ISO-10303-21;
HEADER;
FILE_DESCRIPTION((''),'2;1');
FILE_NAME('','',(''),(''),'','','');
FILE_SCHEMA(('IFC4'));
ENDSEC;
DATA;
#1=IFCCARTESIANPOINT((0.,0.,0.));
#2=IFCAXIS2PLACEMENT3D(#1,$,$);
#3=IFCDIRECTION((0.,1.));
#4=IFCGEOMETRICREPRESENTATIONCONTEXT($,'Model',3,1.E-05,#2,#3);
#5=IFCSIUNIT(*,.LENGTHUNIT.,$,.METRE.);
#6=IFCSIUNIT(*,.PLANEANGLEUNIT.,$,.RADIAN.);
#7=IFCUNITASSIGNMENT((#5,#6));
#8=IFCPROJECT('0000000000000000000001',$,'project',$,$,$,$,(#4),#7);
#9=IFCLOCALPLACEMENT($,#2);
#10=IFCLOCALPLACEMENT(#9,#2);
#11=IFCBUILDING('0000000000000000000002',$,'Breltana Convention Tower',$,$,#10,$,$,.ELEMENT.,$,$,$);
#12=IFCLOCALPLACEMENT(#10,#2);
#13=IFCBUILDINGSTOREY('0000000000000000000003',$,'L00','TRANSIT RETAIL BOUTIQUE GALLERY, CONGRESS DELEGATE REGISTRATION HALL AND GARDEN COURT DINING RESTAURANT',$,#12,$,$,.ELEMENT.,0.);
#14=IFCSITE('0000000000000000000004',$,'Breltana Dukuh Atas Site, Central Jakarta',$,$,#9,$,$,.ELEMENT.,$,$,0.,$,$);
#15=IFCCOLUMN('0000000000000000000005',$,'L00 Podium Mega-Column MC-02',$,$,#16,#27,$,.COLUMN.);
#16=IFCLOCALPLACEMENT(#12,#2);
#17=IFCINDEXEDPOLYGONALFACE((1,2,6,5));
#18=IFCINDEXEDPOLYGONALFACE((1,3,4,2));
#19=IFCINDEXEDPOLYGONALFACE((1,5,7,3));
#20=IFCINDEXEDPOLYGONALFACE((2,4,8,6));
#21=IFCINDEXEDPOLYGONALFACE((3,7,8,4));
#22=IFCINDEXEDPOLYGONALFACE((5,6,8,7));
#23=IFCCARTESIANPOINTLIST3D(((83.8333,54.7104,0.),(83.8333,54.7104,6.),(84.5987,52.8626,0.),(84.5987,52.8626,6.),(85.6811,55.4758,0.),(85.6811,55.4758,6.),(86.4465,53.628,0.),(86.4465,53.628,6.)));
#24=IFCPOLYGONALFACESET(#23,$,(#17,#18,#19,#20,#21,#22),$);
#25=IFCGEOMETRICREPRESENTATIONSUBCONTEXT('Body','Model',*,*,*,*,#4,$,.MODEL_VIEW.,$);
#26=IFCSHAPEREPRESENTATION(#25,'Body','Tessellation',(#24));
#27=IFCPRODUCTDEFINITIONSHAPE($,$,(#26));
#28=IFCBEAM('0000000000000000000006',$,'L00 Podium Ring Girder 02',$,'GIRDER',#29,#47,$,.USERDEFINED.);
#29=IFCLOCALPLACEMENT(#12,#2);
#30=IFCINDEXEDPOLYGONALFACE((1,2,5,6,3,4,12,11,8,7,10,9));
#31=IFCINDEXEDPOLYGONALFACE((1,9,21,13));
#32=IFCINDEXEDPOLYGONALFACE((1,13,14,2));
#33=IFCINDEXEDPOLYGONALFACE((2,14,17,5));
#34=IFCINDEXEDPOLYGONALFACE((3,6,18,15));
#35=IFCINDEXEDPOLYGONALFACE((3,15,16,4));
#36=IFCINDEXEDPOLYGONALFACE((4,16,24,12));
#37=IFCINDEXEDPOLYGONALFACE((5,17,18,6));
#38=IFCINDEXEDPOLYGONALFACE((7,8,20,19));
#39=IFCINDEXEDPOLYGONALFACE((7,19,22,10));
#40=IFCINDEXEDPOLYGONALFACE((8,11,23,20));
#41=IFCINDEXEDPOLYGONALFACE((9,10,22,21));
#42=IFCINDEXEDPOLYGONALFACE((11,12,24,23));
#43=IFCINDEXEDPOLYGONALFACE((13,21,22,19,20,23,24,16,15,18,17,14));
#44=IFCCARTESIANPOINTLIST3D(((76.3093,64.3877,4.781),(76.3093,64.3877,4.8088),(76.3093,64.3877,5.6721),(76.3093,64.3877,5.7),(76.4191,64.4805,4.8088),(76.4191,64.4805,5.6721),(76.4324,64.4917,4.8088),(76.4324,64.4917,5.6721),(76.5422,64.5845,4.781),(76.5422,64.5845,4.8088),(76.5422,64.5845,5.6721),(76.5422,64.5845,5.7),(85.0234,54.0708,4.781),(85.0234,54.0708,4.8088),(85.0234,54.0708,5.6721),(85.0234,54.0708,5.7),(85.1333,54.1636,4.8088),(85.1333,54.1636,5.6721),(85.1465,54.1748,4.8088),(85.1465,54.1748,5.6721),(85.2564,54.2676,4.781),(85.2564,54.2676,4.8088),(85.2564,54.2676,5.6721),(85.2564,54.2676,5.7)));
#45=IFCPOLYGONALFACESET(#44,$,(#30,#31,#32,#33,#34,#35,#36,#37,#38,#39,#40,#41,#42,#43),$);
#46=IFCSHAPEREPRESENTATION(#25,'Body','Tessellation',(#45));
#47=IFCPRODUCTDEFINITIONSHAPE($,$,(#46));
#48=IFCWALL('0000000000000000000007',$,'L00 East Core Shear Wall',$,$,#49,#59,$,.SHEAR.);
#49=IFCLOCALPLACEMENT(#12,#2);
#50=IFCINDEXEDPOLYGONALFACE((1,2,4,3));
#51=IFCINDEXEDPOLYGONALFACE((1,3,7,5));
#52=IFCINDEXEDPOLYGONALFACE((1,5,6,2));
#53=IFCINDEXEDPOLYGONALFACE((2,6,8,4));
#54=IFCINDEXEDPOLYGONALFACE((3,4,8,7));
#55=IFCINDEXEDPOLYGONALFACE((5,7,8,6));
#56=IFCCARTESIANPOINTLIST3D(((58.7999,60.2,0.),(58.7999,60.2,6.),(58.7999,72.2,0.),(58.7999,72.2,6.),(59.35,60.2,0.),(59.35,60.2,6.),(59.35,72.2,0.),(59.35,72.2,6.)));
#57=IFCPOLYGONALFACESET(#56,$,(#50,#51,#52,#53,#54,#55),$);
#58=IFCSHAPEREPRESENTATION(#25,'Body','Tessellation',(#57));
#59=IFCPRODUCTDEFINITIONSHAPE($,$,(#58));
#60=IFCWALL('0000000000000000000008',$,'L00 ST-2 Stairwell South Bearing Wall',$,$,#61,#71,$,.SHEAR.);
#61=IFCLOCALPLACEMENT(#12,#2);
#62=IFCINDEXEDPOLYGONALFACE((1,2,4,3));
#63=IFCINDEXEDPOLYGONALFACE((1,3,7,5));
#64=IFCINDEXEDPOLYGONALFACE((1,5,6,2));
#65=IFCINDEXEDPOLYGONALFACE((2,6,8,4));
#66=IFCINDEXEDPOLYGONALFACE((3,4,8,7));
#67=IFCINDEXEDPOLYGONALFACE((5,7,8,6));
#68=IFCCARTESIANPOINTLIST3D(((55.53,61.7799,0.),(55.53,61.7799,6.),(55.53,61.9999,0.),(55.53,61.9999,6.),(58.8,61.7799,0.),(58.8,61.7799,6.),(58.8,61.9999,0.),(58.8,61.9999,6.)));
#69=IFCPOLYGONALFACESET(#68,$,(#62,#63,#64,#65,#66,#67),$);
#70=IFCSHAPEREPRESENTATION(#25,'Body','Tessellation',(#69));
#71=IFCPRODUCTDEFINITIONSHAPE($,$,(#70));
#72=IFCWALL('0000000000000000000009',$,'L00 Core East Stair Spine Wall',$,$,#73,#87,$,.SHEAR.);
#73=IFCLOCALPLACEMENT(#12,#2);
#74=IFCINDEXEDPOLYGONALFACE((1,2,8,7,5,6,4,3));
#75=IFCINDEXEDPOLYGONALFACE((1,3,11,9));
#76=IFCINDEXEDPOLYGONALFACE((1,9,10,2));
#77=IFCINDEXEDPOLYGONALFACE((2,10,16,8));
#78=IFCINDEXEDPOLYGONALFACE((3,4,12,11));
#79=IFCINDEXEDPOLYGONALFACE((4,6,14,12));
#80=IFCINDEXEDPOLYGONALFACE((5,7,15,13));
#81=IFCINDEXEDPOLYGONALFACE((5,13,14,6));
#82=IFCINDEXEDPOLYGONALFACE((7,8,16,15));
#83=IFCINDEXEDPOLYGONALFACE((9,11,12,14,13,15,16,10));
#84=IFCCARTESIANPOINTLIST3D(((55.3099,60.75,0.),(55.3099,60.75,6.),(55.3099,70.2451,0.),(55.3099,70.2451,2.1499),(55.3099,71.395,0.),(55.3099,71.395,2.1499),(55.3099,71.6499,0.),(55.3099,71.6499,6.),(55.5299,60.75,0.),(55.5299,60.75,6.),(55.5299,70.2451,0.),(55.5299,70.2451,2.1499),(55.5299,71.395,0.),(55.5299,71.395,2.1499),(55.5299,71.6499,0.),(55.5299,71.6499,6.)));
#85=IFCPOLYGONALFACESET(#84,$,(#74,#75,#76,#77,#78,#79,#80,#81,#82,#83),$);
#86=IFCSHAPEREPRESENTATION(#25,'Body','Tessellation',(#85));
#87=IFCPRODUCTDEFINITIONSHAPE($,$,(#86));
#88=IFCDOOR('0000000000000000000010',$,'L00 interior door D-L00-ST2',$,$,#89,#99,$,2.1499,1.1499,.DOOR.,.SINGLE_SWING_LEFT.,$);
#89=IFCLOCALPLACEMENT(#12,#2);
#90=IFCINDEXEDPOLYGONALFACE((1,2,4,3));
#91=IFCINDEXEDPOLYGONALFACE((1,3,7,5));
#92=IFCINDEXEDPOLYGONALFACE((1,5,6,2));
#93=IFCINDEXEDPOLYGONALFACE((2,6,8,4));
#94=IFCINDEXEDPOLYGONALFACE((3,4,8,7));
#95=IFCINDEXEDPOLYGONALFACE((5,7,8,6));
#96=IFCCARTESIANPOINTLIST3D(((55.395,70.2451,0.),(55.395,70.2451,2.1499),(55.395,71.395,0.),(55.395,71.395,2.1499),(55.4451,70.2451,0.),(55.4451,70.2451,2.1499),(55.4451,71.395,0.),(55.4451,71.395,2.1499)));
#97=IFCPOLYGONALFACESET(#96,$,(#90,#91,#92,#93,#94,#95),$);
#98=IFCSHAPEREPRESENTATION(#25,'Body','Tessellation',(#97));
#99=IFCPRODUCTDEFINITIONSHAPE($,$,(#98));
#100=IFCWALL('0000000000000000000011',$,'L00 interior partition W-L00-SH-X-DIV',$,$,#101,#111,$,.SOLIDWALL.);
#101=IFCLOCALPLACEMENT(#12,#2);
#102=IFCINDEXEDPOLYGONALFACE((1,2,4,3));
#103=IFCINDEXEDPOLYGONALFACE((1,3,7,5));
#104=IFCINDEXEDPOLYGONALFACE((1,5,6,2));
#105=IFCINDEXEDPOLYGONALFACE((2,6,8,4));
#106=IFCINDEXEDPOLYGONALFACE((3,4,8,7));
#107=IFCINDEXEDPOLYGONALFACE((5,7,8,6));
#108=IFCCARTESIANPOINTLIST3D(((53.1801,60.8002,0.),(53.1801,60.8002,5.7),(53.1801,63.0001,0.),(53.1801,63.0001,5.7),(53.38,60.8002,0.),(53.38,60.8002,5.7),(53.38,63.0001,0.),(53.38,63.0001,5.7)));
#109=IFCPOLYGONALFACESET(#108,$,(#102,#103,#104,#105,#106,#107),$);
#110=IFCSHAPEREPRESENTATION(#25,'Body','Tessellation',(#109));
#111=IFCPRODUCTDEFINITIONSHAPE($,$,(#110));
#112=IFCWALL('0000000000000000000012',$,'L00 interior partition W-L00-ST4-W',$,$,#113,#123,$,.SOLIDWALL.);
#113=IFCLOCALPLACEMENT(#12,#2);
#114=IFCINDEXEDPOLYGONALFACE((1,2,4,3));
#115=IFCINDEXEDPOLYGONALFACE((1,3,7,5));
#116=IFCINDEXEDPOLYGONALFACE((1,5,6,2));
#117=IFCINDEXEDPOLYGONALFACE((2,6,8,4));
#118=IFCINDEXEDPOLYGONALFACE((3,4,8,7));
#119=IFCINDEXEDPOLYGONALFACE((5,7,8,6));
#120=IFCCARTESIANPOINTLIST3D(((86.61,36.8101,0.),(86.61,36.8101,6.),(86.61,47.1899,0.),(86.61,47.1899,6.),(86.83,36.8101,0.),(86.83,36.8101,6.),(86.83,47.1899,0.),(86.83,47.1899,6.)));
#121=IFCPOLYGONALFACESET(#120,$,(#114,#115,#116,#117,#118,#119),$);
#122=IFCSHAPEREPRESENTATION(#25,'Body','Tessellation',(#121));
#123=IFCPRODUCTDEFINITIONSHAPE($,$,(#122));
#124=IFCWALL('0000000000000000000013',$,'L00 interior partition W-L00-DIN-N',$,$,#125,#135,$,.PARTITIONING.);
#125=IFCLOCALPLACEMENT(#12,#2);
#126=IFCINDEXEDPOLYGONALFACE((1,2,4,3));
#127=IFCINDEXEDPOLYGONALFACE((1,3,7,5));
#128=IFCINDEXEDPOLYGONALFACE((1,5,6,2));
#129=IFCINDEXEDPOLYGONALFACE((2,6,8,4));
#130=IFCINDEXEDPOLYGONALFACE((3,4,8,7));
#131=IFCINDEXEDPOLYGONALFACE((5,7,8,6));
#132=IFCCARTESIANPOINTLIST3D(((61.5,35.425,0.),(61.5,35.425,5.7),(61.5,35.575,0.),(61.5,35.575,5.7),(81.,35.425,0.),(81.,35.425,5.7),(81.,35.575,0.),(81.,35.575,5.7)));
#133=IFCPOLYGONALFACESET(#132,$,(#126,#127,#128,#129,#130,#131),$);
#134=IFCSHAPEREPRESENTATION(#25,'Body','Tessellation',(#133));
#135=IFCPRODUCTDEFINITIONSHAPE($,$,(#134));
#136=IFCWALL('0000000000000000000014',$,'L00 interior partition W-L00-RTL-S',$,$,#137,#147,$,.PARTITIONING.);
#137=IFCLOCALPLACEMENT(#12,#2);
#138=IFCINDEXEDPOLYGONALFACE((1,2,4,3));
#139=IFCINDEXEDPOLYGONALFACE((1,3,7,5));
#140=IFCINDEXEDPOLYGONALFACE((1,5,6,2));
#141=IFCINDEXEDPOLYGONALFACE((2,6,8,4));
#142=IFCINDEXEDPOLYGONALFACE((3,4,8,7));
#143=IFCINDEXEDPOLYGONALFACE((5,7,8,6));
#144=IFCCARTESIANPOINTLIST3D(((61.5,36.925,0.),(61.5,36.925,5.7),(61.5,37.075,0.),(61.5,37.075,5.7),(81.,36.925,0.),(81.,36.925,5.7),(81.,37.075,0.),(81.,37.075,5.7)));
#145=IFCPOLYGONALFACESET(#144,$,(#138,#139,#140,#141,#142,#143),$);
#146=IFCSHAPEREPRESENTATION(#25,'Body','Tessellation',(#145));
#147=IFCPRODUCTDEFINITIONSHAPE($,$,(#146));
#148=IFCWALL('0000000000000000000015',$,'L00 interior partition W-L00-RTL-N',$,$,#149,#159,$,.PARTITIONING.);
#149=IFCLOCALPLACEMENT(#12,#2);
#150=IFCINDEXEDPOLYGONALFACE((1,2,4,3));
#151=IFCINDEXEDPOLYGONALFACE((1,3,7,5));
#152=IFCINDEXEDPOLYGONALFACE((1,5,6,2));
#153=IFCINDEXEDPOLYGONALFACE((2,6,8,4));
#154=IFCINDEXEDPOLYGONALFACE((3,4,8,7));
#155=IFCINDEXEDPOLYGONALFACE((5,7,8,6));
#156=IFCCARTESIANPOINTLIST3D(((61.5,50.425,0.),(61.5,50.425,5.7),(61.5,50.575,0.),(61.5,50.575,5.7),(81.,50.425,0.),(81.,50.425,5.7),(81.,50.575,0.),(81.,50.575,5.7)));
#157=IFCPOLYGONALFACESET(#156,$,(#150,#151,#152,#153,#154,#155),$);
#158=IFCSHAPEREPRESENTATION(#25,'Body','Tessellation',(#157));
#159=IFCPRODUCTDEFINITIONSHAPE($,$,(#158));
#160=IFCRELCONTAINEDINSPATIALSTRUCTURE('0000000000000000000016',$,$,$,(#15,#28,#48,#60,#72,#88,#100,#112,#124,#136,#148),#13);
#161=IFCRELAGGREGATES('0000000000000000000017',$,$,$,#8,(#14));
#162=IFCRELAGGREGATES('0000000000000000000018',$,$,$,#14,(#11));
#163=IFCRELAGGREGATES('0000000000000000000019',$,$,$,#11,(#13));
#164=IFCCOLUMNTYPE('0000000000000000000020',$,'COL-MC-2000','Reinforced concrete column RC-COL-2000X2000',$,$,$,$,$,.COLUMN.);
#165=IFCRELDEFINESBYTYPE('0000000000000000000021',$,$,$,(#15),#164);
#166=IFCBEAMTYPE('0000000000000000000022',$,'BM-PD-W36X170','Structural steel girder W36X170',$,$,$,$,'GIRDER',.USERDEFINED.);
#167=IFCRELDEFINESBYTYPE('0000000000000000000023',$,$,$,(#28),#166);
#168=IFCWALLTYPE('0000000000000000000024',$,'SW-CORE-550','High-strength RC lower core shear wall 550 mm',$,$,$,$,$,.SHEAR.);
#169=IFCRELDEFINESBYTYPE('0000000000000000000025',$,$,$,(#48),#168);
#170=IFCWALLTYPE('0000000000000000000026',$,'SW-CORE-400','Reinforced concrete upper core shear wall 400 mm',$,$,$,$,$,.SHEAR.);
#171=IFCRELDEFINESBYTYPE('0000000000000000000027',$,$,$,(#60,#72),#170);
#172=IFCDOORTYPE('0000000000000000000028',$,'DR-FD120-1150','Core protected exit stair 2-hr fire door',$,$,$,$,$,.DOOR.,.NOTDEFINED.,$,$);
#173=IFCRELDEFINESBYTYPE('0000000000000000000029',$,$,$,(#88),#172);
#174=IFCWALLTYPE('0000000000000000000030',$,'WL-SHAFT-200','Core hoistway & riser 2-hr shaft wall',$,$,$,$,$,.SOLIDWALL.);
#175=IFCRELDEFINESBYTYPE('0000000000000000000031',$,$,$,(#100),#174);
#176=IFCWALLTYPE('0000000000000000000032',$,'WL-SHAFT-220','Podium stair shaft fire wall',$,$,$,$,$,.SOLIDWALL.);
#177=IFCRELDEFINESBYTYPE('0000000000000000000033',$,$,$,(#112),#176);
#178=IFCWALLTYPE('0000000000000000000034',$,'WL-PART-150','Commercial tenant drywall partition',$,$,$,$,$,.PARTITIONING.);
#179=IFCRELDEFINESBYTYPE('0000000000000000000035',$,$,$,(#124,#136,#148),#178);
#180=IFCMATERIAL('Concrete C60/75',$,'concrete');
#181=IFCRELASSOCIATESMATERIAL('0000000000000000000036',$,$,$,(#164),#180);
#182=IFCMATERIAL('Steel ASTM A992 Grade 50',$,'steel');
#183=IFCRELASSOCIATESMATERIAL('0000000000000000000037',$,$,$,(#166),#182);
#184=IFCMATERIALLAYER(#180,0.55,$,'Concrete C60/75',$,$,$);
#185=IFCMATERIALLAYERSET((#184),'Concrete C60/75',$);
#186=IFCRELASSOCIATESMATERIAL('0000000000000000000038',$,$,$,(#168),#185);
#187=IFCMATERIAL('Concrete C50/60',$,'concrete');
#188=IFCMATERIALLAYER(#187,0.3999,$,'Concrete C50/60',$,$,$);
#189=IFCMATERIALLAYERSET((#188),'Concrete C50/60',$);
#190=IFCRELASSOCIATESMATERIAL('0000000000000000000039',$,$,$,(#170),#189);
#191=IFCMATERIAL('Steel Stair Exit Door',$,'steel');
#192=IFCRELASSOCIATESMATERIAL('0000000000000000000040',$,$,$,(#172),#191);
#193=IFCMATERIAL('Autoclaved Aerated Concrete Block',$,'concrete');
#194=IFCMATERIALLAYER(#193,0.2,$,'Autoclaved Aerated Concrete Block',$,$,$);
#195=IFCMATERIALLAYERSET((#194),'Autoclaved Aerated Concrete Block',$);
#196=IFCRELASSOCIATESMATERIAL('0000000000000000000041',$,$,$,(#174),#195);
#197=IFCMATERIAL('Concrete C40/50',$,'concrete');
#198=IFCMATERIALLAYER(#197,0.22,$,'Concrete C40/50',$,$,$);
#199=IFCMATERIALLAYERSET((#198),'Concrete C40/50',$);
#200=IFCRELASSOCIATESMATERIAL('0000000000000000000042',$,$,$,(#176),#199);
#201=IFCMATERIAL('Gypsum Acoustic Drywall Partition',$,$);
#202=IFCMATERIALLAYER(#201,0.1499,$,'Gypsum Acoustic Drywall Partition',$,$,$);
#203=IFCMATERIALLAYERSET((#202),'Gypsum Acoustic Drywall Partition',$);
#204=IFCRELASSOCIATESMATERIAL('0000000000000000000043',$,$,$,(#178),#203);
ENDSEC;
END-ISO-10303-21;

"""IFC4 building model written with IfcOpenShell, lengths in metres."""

from ifc_helpers import new_model, si_unit, direction, frame, frame_2d, origin, origin_2d, place, context, subcontext, project, spatial, rectangle, i_section, extrude, source, transform, mapped, material, layer, layer_set, material_profile, profile_set, type_object, type_shapes, element, fill, save


model = new_model("IFC4")

# Units and contexts
model_context = context("Model", 3, precision=1e-05, world=origin(), true_north=direction((0.0, 1.0)))
body_context = subcontext(model_context, "Body", "Model", "MODEL_VIEW")
ifc_project = project(units=[si_unit("LENGTHUNIT", "METRE"), si_unit("PLANEANGLEUNIT", "RADIAN")], contexts=[model_context])

# Site, building, storey
site_placement = place(None, origin())
site = spatial("IfcSite", under=ifc_project, at=site_placement, Name="Breltana Dukuh Atas Site, Central Jakarta", CompositionType="ELEMENT", RefElevation=0.0)
building_placement = place(site_placement, origin())
building = spatial("IfcBuilding", under=site, at=building_placement, Name="Breltana Convention Tower", CompositionType="ELEMENT")
storey_placement = place(building_placement, origin())
storey = spatial("IfcBuildingStorey", under=building, at=storey_placement, Name="L00", Description="TRANSIT RETAIL BOUTIQUE GALLERY, CONGRESS DELEGATE REGISTRATION HALL AND GARDEN COURT DINING RESTAURANT", CompositionType="ELEMENT", Elevation=0.0)

# Column
ifc_material_1 = material(Name="Concrete C60/75", Category="concrete")
ifc_material_profile_1 = material_profile(ifc_material_1, rectangle(XDim=2.0, YDim=2.0, at=origin_2d()), Name="RC-COL-2000X2000")
ifc_profile_set_1 = profile_set([ifc_material_profile_1], Name="Concrete C60/75")
column_type = type_object("IfcColumnType", Name="COL-MC-2000", Description="Reinforced concrete column RC-COL-2000X2000", PredefinedType="COLUMN", material=ifc_profile_set_1)
shared_shape_1 = source(origin(), body_context, "Body", "SweptSolid", [
    extrude(rectangle(XDim=2.0, YDim=2.0, at=origin_2d()), origin(), (0.0, 0.0, 1.0), 6.0),
])
column_placement = place(storey_placement, frame((85.1399, 54.1692, 0.0), z_axis=(0.0, 0.0, 1.0), x_axis=(0.92388, 0.382683, 0.0)))
element("IfcColumn", 1, at=column_placement, inside=storey, type_object=column_type, Name="L00 Podium Mega-Column MC-02", PredefinedType="COLUMN", context=body_context, shape_type="MappedRepresentation", body=[
    mapped(shared_shape_1, transform((0.0, 0.0, 0.0), scale=1.0)),
])

# Beam
ifc_material_2 = material(Name="Steel ASTM A992 Grade 50", Category="steel")
ifc_material_profile_2 = material_profile(ifc_material_2, i_section(OverallWidth=0.3049, OverallDepth=0.9189, WebThickness=0.0173, FlangeThickness=0.0278, at=origin_2d()), Name="W36X170")
ifc_profile_set_2 = profile_set([ifc_material_profile_2], Name="Steel ASTM A992 Grade 50")
beam_type = type_object("IfcBeamType", Name="BM-PD-W36X170", Description="Structural steel girder W36X170", ElementType="GIRDER", PredefinedType="USERDEFINED", material=ifc_profile_set_2)
shared_shape_2 = source(origin(), body_context, "Body", "SweptSolid", [
    extrude(i_section(OverallWidth=0.3049, OverallDepth=0.9189, WebThickness=0.0173, FlangeThickness=0.0278, at=origin_2d()), origin(), (0.0, 0.0, 1.0), 13.5046),
])
beam_placement = place(storey_placement, frame((85.1399, 54.1692, 5.2405), z_axis=(-0.64527, 0.763954, 0.0), x_axis=(-0.763954, -0.64527, 0.0)))
element("IfcBeam", 2, at=beam_placement, inside=storey, type_object=beam_type, Name="L00 Podium Ring Girder 02", ObjectType="GIRDER", PredefinedType="USERDEFINED", context=body_context, shape_type="MappedRepresentation", body=[
    mapped(shared_shape_2, transform((0.0, 0.0, 0.0), scale=1.0)),
])

# Walls
ifc_layer_1 = layer(ifc_material_1, 0.55, Name="Concrete C60/75")
ifc_layer_set_1 = layer_set([ifc_layer_1], Name="Concrete C60/75")
wall_type_1 = type_object("IfcWallType", Name="SW-CORE-550", Description="High-strength RC lower core shear wall 550 mm", PredefinedType="SHEAR", material=ifc_layer_set_1)
shared_shape_3 = source(origin(), body_context, "Body", "SweptSolid", [
    extrude(rectangle(XDim=12.0, YDim=0.55, at=frame_2d((6.0, 0.0))), origin(), (0.0, 0.0, 1.0), 6.0),
])
wall_1_placement = place(storey_placement, frame((59.075, 60.2, 0.0), z_axis=(0.0, 0.0, 1.0), x_axis=(0.0, 1.0, 0.0)))
element("IfcWall", 3, at=wall_1_placement, inside=storey, type_object=wall_type_1, Name="L00 East Core Shear Wall", PredefinedType="SHEAR", context=body_context, shape_type="MappedRepresentation", body=[
    mapped(shared_shape_3, transform((0.0, 0.0, 0.0), scale=1.0)),
])
ifc_material_3 = material(Name="Concrete C50/60", Category="concrete")
ifc_layer_2 = layer(ifc_material_3, 0.3999, Name="Concrete C50/60")
ifc_layer_set_2 = layer_set([ifc_layer_2], Name="Concrete C50/60")
wall_type_2 = type_object("IfcWallType", Name="SW-CORE-400", Description="Reinforced concrete upper core shear wall 400 mm", PredefinedType="SHEAR", material=ifc_layer_set_2)
shared_shape_4 = source(origin(), body_context, "Body", "SweptSolid", [
    extrude(rectangle(XDim=3.27, YDim=0.22, at=frame_2d((1.635, 0.0))), origin(), (0.0, 0.0, 1.0), 6.0),
])
wall_2_placement = place(storey_placement, frame((55.53, 61.8899, 0.0), z_axis=(0.0, 0.0, 1.0), x_axis=(1.0, 0.0, 0.0)))
element("IfcWall", 4, at=wall_2_placement, inside=storey, type_object=wall_type_2, Name="L00 ST-2 Stairwell South Bearing Wall", PredefinedType="SHEAR", context=body_context, shape_type="MappedRepresentation", body=[
    mapped(shared_shape_4, transform((0.0, 0.0, 0.0), scale=1.0)),
])

# Wall, opening, door
shared_shape_5 = source(origin(), body_context, "Body", "SweptSolid", [
    extrude(rectangle(XDim=10.8999, YDim=0.22, at=frame_2d((5.45, 0.0))), origin(), (0.0, 0.0, 1.0), 6.0),
])
wall_3_placement = place(storey_placement, frame((55.4199, 60.75, 0.0), z_axis=(0.0, 0.0, 1.0), x_axis=(0.0, 1.0, 0.0)))
wall_3 = element("IfcWall", 5, at=wall_3_placement, inside=storey, type_object=wall_type_2, Name="L00 Core East Stair Spine Wall", PredefinedType="SHEAR", context=body_context, shape_type="MappedRepresentation", body=[
    mapped(shared_shape_5, transform((0.0, 0.0, 0.0), scale=1.0)),
])
opening_1_placement = place(wall_3_placement, frame((9.4951, 0.0, 0.0)))
opening_1 = element("IfcOpeningElement", 6, at=opening_1_placement, cuts=wall_3, PredefinedType="OPENING", context=body_context, shape_type="SweptSolid", body=[
    extrude(rectangle(XDim=1.1499, YDim=2.1499, at=frame_2d((0.575, 1.075))), frame((0.0, 0.1201, 0.0), z_axis=(0.0, -1.0, 0.0), x_axis=(1.0, 0.0, 0.0)), (0.0, 0.0, 1.0), 0.24),
])
ifc_material_4 = material(Name="Steel Stair Exit Door", Category="steel")
door_type_1 = type_object("IfcDoorType", Name="DR-FD120-1150", Description="Core protected exit stair 2-hr fire door", OperationType="NOTDEFINED", PredefinedType="DOOR", material=ifc_material_4)
shared_shape_6 = source(origin(), body_context, "Body", "SweptSolid", [
    extrude(rectangle(XDim=1.1499, YDim=2.1499, at=frame_2d((0.575, 1.075))), frame((0.0, 0.0249, 0.0), z_axis=(0.0, -1.0, 0.0), x_axis=(1.0, 0.0, 0.0)), (0.0, 0.0, 1.0), 0.05),
])
type_shapes(door_type_1, [shared_shape_6])
door_1_placement = place(opening_1_placement, origin())
door_1 = element("IfcDoor", 7, at=door_1_placement, inside=storey, type_object=door_type_1, Name="L00 interior door D-L00-ST2", OperationType="SINGLE_SWING_LEFT", OverallHeight=2.1499, OverallWidth=1.1499, PredefinedType="DOOR", context=body_context, shape_type="MappedRepresentation", body=[
    mapped(shared_shape_6, transform((0.0, 0.0, 0.0), scale=1.0)),
])
fill(opening_1, door_1)

# Wall
ifc_material_5 = material(Name="Autoclaved Aerated Concrete Block", Category="concrete")
ifc_layer_3 = layer(ifc_material_5, 0.2, Name="Autoclaved Aerated Concrete Block")
ifc_layer_set_3 = layer_set([ifc_layer_3], Name="Autoclaved Aerated Concrete Block")
wall_type_3 = type_object("IfcWallType", Name="WL-SHAFT-200", Description="Core hoistway & riser 2-hr shaft wall", PredefinedType="SOLIDWALL", material=ifc_layer_set_3)
shared_shape_7 = source(origin(), body_context, "Body", "SweptSolid", [
    extrude(rectangle(XDim=2.2, YDim=0.2, at=frame_2d((1.1001, 0.0))), origin(), (0.0, 0.0, 1.0), 5.7),
])
wall_4_placement = place(storey_placement, frame((53.28, 60.8, 0.0), z_axis=(0.0, 0.0, 1.0), x_axis=(0.0, 1.0, 0.0)))
element("IfcWall", 8, at=wall_4_placement, inside=storey, type_object=wall_type_3, Name="L00 interior partition W-L00-SH-X-DIV", PredefinedType="SOLIDWALL", context=body_context, shape_type="MappedRepresentation", body=[
    mapped(shared_shape_7, transform((0.0, 0.0, 0.0), scale=1.0)),
])

# Shared definitions
ifc_material_6 = material(Name="Concrete C40/50", Category="concrete")
ifc_layer_4 = layer(ifc_material_6, 0.22, Name="Concrete C40/50")
ifc_layer_set_4 = layer_set([ifc_layer_4], Name="Concrete C40/50")
wall_type_4 = type_object("IfcWallType", Name="WL-SHAFT-220", Description="Podium stair shaft fire wall", PredefinedType="SOLIDWALL", material=ifc_layer_set_4)

# Wall
shared_shape_8 = source(origin(), body_context, "Body", "SweptSolid", [
    extrude(rectangle(XDim=10.3799, YDim=0.22, at=frame_2d((5.1899, 0.0))), origin(), (0.0, 0.0, 1.0), 6.0),
])
wall_5_placement = place(storey_placement, frame((86.72, 36.8101, 0.0), z_axis=(0.0, 0.0, 1.0), x_axis=(0.0, 1.0, 0.0)))
element("IfcWall", 9, at=wall_5_placement, inside=storey, type_object=wall_type_4, Name="L00 interior partition W-L00-ST4-W", PredefinedType="SOLIDWALL", context=body_context, shape_type="MappedRepresentation", body=[
    mapped(shared_shape_8, transform((0.0, 0.0, 0.0), scale=1.0)),
])

# Walls
ifc_material_7 = material(Name="Gypsum Acoustic Drywall Partition")
ifc_layer_5 = layer(ifc_material_7, 0.1499, Name="Gypsum Acoustic Drywall Partition")
ifc_layer_set_5 = layer_set([ifc_layer_5], Name="Gypsum Acoustic Drywall Partition")
wall_type_5 = type_object("IfcWallType", Name="WL-PART-150", Description="Commercial tenant drywall partition", PredefinedType="PARTITIONING", material=ifc_layer_set_5)
shared_shape_9 = source(origin(), body_context, "Body", "SweptSolid", [
    extrude(rectangle(XDim=19.5, YDim=0.1499, at=frame_2d((9.75, 0.0))), origin(), (0.0, 0.0, 1.0), 5.7),
])
for number, where, z_axis, x_axis, name in (
    (10, (61.5, 35.5, 0.0), (0.0, 0.0, 1.0), (1.0, 0.0, 0.0), "L00 interior partition W-L00-DIN-N"),
    (11, (61.5, 37.0, 0.0), (0.0, 0.0, 1.0), (1.0, 0.0, 0.0), "L00 interior partition W-L00-RTL-S"),
    (12, (61.5, 50.5, 0.0), (0.0, 0.0, 1.0), (1.0, 0.0, 0.0), "L00 interior partition W-L00-RTL-N"),
):
    element("IfcWall", number, at=place(storey_placement, frame(where, z_axis=z_axis, x_axis=x_axis)), inside=storey, type_object=wall_type_5, Name=name, PredefinedType="PARTITIONING", context=body_context, shape_type="MappedRepresentation", body=[
        mapped(shared_shape_9, transform((0.0, 0.0, 0.0), scale=1.0)),
    ])

save(model, "model.ifc")
